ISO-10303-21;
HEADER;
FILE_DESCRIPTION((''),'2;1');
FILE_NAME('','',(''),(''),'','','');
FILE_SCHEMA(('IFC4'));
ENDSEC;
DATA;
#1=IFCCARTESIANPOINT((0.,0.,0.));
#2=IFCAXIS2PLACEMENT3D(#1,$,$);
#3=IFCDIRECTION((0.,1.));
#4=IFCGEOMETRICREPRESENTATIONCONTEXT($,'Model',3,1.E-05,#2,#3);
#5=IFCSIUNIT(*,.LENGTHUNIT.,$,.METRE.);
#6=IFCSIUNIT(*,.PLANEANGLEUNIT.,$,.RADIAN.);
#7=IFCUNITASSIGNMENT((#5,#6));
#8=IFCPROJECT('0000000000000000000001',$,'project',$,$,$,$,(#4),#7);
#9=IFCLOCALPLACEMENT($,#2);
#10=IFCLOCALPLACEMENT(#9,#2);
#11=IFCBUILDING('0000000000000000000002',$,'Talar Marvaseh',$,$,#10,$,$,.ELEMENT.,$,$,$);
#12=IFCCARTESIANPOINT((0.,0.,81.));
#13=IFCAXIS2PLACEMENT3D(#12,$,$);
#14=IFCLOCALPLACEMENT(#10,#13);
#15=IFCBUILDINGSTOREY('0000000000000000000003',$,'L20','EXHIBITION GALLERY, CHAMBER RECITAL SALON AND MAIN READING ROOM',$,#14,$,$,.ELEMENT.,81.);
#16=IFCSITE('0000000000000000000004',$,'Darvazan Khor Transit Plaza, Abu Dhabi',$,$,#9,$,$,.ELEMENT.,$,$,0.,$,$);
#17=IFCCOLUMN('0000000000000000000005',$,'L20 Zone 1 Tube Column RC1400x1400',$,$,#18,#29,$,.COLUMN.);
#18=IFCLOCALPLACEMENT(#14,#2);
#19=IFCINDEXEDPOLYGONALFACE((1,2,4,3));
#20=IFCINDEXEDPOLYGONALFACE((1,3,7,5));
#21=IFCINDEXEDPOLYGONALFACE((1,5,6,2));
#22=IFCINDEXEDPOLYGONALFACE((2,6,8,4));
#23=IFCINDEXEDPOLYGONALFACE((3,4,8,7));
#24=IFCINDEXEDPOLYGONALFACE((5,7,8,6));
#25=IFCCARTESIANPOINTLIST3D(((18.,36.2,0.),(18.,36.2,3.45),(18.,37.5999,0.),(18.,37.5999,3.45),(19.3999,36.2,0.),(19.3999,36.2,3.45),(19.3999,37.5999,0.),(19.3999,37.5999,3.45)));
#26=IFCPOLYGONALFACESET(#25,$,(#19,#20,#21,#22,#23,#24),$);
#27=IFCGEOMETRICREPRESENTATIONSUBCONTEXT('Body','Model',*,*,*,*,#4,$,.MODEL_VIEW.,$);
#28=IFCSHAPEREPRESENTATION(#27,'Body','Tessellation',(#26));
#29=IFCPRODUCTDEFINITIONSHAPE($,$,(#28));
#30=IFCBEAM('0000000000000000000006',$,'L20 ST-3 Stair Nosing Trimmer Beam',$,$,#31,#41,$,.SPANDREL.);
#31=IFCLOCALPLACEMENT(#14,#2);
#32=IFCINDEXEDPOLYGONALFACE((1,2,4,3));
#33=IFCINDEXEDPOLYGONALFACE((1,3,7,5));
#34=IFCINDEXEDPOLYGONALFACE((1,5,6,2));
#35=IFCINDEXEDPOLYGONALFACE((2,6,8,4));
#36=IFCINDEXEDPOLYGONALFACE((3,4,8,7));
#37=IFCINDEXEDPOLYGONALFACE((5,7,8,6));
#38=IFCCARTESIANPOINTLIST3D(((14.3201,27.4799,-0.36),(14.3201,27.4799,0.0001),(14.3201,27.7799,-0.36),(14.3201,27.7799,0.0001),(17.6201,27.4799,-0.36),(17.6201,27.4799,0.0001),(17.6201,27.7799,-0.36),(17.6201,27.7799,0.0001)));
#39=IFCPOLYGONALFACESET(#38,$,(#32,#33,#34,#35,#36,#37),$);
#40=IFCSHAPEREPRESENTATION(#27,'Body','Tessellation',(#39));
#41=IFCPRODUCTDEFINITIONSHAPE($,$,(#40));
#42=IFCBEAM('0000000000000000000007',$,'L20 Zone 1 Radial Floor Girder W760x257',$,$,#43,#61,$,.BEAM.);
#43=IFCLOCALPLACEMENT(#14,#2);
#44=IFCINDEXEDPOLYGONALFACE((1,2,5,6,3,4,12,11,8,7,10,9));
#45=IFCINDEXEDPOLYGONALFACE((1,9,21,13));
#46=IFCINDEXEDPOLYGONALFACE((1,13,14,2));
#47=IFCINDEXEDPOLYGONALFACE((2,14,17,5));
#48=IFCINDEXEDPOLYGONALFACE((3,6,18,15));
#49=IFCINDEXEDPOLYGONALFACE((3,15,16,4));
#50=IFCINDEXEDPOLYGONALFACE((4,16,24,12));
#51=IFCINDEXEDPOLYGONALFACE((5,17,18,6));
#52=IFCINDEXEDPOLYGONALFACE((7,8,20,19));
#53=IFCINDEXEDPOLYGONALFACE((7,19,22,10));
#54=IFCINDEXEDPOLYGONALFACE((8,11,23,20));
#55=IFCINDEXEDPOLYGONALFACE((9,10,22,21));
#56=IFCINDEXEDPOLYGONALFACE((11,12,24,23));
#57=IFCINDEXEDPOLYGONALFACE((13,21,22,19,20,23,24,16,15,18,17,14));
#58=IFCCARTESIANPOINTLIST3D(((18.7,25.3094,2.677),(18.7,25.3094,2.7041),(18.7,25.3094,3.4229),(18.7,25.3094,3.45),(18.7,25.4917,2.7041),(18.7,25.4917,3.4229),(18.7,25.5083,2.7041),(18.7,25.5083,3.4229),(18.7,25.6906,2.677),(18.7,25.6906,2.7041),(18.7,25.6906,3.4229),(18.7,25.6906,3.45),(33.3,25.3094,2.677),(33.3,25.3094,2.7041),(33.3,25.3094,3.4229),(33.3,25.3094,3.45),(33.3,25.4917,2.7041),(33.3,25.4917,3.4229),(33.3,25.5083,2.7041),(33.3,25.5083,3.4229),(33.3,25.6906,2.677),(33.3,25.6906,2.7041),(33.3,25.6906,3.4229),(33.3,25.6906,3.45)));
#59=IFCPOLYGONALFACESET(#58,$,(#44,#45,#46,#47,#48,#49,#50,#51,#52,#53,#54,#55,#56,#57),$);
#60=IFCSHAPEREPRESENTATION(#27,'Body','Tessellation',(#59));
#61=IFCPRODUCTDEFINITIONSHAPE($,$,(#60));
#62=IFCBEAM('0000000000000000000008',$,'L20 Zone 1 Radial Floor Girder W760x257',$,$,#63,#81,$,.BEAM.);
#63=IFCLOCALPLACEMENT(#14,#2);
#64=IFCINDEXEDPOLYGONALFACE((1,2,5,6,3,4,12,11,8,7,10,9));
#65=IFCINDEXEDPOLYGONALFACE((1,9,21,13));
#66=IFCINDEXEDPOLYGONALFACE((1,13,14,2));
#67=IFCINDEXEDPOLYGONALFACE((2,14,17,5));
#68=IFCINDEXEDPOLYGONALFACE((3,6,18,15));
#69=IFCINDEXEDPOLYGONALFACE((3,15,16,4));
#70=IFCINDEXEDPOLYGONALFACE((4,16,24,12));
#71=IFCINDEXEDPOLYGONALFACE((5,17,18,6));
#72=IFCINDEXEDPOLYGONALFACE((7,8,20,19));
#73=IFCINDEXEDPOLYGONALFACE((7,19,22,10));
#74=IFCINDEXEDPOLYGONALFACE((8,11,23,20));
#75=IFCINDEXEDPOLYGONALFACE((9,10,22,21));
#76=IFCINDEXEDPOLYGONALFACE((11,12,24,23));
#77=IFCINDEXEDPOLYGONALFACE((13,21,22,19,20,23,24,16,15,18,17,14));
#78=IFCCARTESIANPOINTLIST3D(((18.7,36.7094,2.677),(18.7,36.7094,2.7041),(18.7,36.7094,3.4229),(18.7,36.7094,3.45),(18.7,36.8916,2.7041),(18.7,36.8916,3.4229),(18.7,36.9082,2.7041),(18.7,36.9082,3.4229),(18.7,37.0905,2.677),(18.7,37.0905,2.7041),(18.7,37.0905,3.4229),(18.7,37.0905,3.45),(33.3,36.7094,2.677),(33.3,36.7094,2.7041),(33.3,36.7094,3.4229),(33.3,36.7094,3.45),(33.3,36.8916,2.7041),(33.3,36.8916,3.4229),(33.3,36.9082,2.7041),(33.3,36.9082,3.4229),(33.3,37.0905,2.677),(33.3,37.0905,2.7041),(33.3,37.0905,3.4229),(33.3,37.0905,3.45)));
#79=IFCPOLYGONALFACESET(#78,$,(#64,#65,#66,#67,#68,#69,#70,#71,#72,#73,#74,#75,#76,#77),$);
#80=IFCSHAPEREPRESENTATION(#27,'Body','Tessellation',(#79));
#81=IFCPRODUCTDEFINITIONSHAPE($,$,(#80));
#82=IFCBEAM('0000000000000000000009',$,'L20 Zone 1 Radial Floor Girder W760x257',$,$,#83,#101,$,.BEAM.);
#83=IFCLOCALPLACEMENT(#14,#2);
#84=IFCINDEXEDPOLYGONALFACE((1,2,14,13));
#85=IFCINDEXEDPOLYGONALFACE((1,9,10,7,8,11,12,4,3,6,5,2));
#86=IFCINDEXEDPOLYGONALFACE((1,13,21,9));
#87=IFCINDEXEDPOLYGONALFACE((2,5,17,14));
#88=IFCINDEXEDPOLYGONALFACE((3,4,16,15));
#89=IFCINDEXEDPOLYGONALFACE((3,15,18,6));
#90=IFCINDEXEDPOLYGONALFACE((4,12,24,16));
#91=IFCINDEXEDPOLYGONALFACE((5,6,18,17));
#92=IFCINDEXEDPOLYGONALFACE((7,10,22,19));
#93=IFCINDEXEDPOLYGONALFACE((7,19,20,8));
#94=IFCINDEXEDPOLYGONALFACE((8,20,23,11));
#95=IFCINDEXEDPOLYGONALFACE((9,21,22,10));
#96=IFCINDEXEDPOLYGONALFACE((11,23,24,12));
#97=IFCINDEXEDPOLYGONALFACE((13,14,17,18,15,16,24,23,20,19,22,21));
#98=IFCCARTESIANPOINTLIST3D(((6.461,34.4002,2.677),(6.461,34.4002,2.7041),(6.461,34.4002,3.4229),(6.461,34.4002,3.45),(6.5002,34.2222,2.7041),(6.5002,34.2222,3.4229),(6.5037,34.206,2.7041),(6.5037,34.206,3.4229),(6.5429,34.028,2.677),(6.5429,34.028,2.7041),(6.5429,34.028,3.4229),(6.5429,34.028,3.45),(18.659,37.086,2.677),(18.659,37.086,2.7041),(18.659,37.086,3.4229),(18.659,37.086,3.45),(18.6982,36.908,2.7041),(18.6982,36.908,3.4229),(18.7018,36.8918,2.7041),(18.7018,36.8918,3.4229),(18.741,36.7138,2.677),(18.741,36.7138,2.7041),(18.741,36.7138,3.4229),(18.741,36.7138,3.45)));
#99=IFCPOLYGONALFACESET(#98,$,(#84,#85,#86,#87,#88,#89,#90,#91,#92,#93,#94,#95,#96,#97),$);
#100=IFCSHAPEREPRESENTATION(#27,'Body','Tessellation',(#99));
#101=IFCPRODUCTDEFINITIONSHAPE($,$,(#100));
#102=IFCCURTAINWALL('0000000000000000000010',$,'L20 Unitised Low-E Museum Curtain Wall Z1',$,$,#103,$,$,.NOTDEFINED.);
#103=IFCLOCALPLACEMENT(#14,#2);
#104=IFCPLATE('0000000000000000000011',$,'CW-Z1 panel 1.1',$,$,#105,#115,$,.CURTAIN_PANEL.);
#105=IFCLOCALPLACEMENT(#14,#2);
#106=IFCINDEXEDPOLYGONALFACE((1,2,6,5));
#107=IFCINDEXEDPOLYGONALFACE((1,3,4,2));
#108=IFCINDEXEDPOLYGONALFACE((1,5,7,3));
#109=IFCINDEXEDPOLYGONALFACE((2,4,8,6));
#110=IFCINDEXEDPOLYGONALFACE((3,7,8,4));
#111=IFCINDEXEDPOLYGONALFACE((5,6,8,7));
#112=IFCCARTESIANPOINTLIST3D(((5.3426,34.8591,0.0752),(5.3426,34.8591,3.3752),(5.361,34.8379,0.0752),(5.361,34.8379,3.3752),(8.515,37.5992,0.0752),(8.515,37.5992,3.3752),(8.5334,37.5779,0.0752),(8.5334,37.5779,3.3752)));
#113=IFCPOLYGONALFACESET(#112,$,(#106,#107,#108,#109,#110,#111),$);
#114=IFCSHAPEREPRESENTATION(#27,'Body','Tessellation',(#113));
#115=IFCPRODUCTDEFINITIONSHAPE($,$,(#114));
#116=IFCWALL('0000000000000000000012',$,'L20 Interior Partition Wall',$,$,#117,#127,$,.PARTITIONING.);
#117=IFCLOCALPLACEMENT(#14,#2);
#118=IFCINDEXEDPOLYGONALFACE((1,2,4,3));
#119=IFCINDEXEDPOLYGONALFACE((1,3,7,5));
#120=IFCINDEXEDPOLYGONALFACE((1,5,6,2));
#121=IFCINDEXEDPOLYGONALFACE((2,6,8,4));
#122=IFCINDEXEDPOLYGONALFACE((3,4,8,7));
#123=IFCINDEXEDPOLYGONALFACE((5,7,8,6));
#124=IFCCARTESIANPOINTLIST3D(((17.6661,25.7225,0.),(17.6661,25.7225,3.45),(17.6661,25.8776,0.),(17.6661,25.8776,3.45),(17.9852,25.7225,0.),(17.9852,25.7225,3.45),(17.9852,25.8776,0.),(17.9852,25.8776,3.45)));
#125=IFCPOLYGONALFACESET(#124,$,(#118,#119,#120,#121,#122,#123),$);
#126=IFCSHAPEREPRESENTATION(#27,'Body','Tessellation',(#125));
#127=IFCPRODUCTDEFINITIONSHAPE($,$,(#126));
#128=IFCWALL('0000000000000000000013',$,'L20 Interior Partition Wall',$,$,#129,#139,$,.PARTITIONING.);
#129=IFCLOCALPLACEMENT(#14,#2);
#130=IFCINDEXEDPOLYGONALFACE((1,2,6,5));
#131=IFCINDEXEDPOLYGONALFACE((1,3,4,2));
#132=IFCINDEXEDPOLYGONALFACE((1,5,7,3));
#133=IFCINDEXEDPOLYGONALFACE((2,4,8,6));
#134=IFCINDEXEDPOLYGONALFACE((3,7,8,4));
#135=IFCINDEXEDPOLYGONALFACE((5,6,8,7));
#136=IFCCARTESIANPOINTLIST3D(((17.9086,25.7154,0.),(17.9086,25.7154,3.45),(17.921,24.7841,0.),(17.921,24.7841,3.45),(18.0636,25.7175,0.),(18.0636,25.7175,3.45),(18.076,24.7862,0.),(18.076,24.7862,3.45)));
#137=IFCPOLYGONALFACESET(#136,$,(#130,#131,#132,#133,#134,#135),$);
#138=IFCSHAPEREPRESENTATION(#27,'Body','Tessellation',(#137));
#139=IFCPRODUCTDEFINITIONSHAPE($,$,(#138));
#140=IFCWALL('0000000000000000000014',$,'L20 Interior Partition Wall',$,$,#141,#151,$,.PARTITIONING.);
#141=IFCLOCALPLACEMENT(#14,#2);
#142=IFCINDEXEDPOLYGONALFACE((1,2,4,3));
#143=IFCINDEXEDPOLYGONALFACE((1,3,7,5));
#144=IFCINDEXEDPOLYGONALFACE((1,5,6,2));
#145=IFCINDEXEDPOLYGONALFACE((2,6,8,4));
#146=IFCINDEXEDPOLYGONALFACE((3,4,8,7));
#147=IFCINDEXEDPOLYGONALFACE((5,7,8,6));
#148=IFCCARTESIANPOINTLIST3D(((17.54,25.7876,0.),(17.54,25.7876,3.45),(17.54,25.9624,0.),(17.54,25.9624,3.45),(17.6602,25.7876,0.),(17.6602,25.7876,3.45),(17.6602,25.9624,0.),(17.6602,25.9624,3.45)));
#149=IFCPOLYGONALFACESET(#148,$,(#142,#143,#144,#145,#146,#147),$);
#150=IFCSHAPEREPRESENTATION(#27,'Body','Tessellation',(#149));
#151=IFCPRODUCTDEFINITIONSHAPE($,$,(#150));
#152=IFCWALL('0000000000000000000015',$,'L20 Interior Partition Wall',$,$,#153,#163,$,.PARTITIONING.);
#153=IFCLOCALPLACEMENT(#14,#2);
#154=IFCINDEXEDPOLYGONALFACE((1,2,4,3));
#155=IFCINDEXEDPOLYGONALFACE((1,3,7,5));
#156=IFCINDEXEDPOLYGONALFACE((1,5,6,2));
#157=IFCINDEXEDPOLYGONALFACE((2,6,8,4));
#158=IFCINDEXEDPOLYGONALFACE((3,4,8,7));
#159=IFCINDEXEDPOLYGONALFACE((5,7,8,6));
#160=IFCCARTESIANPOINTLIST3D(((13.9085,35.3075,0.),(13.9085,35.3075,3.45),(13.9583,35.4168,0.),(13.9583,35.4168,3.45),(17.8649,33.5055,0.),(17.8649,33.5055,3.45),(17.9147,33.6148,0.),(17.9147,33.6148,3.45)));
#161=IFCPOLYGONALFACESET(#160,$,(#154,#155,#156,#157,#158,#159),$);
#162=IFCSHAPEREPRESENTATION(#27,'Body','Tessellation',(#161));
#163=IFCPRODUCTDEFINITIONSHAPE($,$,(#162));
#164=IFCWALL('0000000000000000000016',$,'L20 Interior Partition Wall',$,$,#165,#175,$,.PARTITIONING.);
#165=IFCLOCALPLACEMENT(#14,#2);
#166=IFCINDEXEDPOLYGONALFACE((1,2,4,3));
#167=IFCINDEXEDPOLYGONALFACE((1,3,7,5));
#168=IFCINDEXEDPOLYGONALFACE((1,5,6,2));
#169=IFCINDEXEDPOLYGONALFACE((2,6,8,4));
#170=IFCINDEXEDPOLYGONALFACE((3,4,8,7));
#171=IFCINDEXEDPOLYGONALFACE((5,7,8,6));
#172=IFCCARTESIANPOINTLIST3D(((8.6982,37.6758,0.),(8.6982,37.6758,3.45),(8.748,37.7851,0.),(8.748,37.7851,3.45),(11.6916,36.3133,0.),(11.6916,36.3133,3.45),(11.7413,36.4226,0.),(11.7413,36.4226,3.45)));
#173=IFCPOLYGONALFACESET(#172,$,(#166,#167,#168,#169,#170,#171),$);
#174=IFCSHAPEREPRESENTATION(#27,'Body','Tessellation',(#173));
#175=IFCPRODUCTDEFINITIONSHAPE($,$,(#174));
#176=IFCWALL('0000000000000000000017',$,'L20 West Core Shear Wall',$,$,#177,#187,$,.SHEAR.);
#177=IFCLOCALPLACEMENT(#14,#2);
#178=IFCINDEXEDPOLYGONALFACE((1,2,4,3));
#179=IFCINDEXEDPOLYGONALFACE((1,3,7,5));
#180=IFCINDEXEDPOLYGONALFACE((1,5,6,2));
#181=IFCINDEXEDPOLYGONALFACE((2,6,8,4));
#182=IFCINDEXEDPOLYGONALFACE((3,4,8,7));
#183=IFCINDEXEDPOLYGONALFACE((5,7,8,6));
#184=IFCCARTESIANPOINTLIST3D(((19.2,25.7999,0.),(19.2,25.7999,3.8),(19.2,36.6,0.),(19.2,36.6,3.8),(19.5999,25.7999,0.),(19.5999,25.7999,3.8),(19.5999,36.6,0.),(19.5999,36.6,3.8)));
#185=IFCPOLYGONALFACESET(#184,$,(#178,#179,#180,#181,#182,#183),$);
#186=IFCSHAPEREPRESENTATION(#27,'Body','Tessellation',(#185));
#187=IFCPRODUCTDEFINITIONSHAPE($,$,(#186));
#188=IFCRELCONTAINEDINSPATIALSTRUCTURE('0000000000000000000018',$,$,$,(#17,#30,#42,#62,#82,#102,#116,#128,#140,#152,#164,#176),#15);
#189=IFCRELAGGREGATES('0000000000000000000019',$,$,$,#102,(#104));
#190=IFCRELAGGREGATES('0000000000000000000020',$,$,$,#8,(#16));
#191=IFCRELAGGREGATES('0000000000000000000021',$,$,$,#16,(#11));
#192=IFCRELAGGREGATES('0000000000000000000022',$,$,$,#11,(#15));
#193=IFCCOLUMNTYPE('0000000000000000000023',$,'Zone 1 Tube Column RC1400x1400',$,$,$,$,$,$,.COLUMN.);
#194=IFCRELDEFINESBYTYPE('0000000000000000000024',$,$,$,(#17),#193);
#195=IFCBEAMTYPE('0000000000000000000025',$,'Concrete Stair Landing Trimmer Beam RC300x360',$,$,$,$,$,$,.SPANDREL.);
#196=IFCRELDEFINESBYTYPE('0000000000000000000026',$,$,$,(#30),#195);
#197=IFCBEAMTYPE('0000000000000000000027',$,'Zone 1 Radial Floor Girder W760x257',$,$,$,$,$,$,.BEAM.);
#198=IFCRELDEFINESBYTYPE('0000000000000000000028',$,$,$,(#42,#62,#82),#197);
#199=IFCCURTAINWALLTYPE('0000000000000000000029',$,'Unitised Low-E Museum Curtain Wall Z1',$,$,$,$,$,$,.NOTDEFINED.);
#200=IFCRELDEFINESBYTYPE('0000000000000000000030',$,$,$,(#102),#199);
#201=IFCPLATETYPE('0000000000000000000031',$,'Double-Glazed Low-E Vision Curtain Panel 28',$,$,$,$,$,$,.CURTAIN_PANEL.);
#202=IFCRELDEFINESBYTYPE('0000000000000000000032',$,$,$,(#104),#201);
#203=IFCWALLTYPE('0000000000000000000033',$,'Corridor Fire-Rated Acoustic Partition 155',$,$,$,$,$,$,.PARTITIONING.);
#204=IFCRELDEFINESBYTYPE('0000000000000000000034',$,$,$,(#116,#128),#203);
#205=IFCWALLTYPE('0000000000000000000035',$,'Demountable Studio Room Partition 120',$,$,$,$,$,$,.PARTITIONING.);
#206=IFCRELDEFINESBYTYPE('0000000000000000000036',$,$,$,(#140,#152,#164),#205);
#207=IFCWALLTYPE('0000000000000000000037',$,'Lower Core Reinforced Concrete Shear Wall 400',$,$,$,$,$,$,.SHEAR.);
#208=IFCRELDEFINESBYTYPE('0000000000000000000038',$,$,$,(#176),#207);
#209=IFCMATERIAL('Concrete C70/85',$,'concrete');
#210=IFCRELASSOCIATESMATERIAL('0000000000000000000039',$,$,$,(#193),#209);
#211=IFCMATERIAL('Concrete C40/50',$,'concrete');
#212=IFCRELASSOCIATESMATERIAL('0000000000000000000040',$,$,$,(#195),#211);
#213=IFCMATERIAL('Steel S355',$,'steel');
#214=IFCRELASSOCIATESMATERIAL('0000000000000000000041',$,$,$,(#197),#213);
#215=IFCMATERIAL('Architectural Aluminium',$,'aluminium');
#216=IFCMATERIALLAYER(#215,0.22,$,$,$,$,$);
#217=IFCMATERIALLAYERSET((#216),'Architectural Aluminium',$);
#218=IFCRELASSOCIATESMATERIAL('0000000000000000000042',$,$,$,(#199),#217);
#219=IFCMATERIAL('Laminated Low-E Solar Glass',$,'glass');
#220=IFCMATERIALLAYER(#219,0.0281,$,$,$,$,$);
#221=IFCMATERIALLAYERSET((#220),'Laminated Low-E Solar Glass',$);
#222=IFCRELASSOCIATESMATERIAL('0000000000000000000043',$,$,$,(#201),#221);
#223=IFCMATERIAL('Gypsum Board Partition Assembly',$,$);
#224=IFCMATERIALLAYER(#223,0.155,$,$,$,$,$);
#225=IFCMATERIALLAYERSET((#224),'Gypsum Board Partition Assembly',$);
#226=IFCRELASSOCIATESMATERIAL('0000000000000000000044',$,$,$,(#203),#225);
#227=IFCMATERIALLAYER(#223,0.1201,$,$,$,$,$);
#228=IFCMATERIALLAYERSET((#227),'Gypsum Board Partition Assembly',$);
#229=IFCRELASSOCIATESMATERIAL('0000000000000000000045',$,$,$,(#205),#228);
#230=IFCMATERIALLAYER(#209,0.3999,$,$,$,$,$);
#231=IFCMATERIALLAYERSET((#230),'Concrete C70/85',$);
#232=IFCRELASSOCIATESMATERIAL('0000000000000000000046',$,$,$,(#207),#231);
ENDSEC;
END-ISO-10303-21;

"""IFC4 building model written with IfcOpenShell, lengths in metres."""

from ifc_helpers import new_model, si_unit, direction, frame, frame_2d, origin, origin_2d, place, context, subcontext, project, spatial, rectangle, i_section, extrude, source, transform, mapped, material, layer, layer_set, material_profile, profile_set, type_object, type_shapes, element, aggregate, save


model = new_model("IFC4")

# Units and contexts
model_context = context("Model", 3, precision=1e-05, world=origin(), true_north=direction((0.0, 1.0)))
body_context = subcontext(model_context, "Body", "Model", "MODEL_VIEW")
ifc_project = project(units=[si_unit("LENGTHUNIT", "METRE"), si_unit("PLANEANGLEUNIT", "RADIAN")], contexts=[model_context])

# Site, building, storey
site_placement = place(None, origin())
site = spatial("IfcSite", under=ifc_project, at=site_placement, Name="Darvazan Khor Transit Plaza, Abu Dhabi", CompositionType="ELEMENT", RefElevation=0.0)
building_placement = place(site_placement, origin())
building = spatial("IfcBuilding", under=site, at=building_placement, Name="Talar Marvaseh", CompositionType="ELEMENT")
storey_placement = place(building_placement, frame((0.0, 0.0, 81.0)))
storey = spatial("IfcBuildingStorey", under=building, at=storey_placement, Name="L20", Description="EXHIBITION GALLERY, CHAMBER RECITAL SALON AND MAIN READING ROOM", CompositionType="ELEMENT", Elevation=81.0)

# Column
ifc_material_1 = material(Name="Concrete C70/85", Category="concrete")
ifc_material_profile_1 = material_profile(ifc_material_1, rectangle(XDim=1.3999, YDim=1.3999, at=origin_2d()), Name="RC1400x1400")
ifc_profile_set_1 = profile_set([ifc_material_profile_1], Name="Concrete C70/85")
column_type = type_object("IfcColumnType", Name="Zone 1 Tube Column RC1400x1400", PredefinedType="COLUMN", material=ifc_profile_set_1)
column_placement = place(storey_placement, frame((18.7, 36.8999, 0.0), z_axis=(0.0, 0.0, 1.0), x_axis=(1.0, 0.0, 0.0)))
element("IfcColumn", 1, at=column_placement, inside=storey, type_object=column_type, Name="L20 Zone 1 Tube Column RC1400x1400", PredefinedType="COLUMN", context=body_context, shape_type="SweptSolid", body=[
    extrude(rectangle(XDim=1.3999, YDim=1.3999, at=origin_2d()), origin(), (0.0, 0.0, 1.0), 3.45),
])

# Beams
ifc_material_2 = material(Name="Concrete C40/50", Category="concrete")
ifc_material_profile_2 = material_profile(ifc_material_2, rectangle(XDim=0.3, YDim=0.3601, at=origin_2d()), Name="RC300x360")
ifc_profile_set_2 = profile_set([ifc_material_profile_2], Name="Concrete C40/50")
beam_type_1 = type_object("IfcBeamType", Name="Concrete Stair Landing Trimmer Beam RC300x360", PredefinedType="SPANDREL", material=ifc_profile_set_2)
beam_1_placement = place(storey_placement, frame((17.6201, 27.6299, -0.1799), z_axis=(-1.0, 0.0, 0.0), x_axis=(0.0, -1.0, 0.0)))
element("IfcBeam", 2, at=beam_1_placement, inside=storey, type_object=beam_type_1, Name="L20 ST-3 Stair Nosing Trimmer Beam", PredefinedType="SPANDREL", context=body_context, shape_type="SweptSolid", body=[
    extrude(rectangle(XDim=0.3, YDim=0.3601, at=origin_2d()), origin(), (0.0, 0.0, 1.0), 3.3),
])
ifc_material_3 = material(Name="Steel S355", Category="steel")
ifc_material_profile_3 = material_profile(ifc_material_3, i_section(OverallWidth=0.3811, OverallDepth=0.7729, WebThickness=0.0166, FlangeThickness=0.0271, at=origin_2d()), Name="W760x257")
ifc_profile_set_3 = profile_set([ifc_material_profile_3], Name="Steel S355")
beam_type_2 = type_object("IfcBeamType", Name="Zone 1 Radial Floor Girder W760x257", PredefinedType="BEAM", material=ifc_profile_set_3)
for number, where, z_axis, x_axis, name in (
    (3, (18.7, 25.5, 3.0635), (1.0, 0.0, 0.0), (0.0, 1.0, 0.0), "L20 Zone 1 Radial Floor Girder W760x257"),
    (4, (18.7, 36.8999, 3.0635), (1.0, 0.0, 0.0), (0.0, 1.0, 0.0), "L20 Zone 1 Radial Floor Girder W760x257"),
):
    element("IfcBeam", number, at=place(storey_placement, frame(where, z_axis=z_axis, x_axis=x_axis)), inside=storey, type_object=beam_type_2, Name=name, PredefinedType="BEAM", context=body_context, shape_type="SweptSolid", body=[
        extrude(i_section(OverallWidth=0.3811, OverallDepth=0.7729, WebThickness=0.0166, FlangeThickness=0.0271, at=origin_2d()), origin(), (0.0, 0.0, 1.0), 14.6001),
    ])
beam_2_placement = place(storey_placement, frame((6.502, 34.2141, 3.0635), z_axis=(0.976607, 0.215032, 0.0), x_axis=(-0.215032, 0.976607, 0.0)))
element("IfcBeam", 5, at=beam_2_placement, inside=storey, type_object=beam_type_2, Name="L20 Zone 1 Radial Floor Girder W760x257", PredefinedType="BEAM", context=body_context, shape_type="SweptSolid", body=[
    extrude(i_section(OverallWidth=0.3811, OverallDepth=0.7729, WebThickness=0.0166, FlangeThickness=0.0271, at=origin_2d()), origin(), (0.0, 0.0, 1.0), 12.4902),
])

# Curtain wall, plate
ifc_material_4 = material(Name="Architectural Aluminium", Category="aluminium")
ifc_layer_1 = layer(ifc_material_4, 0.22)
ifc_layer_set_1 = layer_set([ifc_layer_1], Name="Architectural Aluminium")
curtain_wall_type = type_object("IfcCurtainWallType", Name="Unitised Low-E Museum Curtain Wall Z1", PredefinedType="NOTDEFINED", material=ifc_layer_set_1)
curtain_wall_placement = place(storey_placement, origin())
curtain_wall = element("IfcCurtainWall", 6, at=curtain_wall_placement, inside=storey, type_object=curtain_wall_type, Name="L20 Unitised Low-E Museum Curtain Wall Z1", PredefinedType="NOTDEFINED")
ifc_material_5 = material(Name="Laminated Low-E Solar Glass", Category="glass")
ifc_layer_2 = layer(ifc_material_5, 0.0281)
ifc_layer_set_2 = layer_set([ifc_layer_2], Name="Laminated Low-E Solar Glass")
plate_type = type_object("IfcPlateType", Name="Double-Glazed Low-E Vision Curtain Panel 28", PredefinedType="CURTAIN_PANEL", material=ifc_layer_set_2)
shared_shape_1 = source(origin(), body_context, "Body", "SweptSolid", [
    extrude(rectangle(XDim=4.1919, YDim=0.0281, at=origin_2d()), origin(), (0.0, 0.0, 1.0), 3.3),
])
type_shapes(plate_type, [shared_shape_1])
plate_placement = place(storey_placement, frame((6.938, 36.2185, 0.0752), z_axis=(0.0, 0.0, 1.0), x_axis=(0.756791, 0.653657, 0.0)))
plate = element("IfcPlate", 7, at=plate_placement, type_object=plate_type, Name="CW-Z1 panel 1.1", PredefinedType="CURTAIN_PANEL", context=body_context, shape_type="MappedRepresentation", body=[
    mapped(shared_shape_1, transform((0.0, 0.0, 0.0), x_axis=(1.0, 0.0, 0.0), y_axis=(0.0, 1.0, 0.0), z_axis=(0.0, 0.0, 1.0), scale=1.0)),
])
aggregate(curtain_wall, [plate])

# Walls
ifc_material_6 = material(Name="Gypsum Board Partition Assembly")
ifc_layer_3 = layer(ifc_material_6, 0.155)
ifc_layer_set_3 = layer_set([ifc_layer_3], Name="Gypsum Board Partition Assembly")
wall_type_1 = type_object("IfcWallType", Name="Corridor Fire-Rated Acoustic Partition 155", PredefinedType="PARTITIONING", material=ifc_layer_set_3)
wall_1_placement = place(storey_placement, frame((17.666, 25.8, 0.0), z_axis=(0.0, 0.0, 1.0), x_axis=(1.0, 0.0, 0.0)))
element("IfcWall", 8, at=wall_1_placement, inside=storey, type_object=wall_type_1, Name="L20 Interior Partition Wall", PredefinedType="PARTITIONING", context=body_context, shape_type="SweptSolid", body=[
    extrude(rectangle(XDim=0.3191, YDim=0.155, at=frame_2d((0.1597, 0.0))), origin(), (0.0, 0.0, 1.0), 3.45),
])
wall_2_placement = place(storey_placement, frame((17.9861, 25.7166, 0.0), z_axis=(0.0, 0.0, 1.0), x_axis=(0.013367, -0.999911, 0.0)))
element("IfcWall", 9, at=wall_2_placement, inside=storey, type_object=wall_type_1, Name="L20 Interior Partition Wall", PredefinedType="PARTITIONING", context=body_context, shape_type="SweptSolid", body=[
    extrude(rectangle(XDim=0.9314, YDim=0.155, at=frame_2d((0.4658, 0.0))), origin(), (0.0, 0.0, 1.0), 3.45),
])
ifc_layer_4 = layer(ifc_material_6, 0.1201)
ifc_layer_set_4 = layer_set([ifc_layer_4], Name="Gypsum Board Partition Assembly")
wall_type_2 = type_object("IfcWallType", Name="Demountable Studio Room Partition 120", PredefinedType="PARTITIONING", material=ifc_layer_set_4)
wall_3_placement = place(storey_placement, frame((17.6001, 25.9624, 0.0), z_axis=(0.0, 0.0, 1.0), x_axis=(0.0, -1.0, 0.0)))
element("IfcWall", 10, at=wall_3_placement, inside=storey, type_object=wall_type_2, Name="L20 Interior Partition Wall", PredefinedType="PARTITIONING", context=body_context, shape_type="SweptSolid", body=[
    extrude(rectangle(XDim=0.1748, YDim=0.1201, at=frame_2d((0.0874, 0.0))), origin(), (0.0, 0.0, 1.0), 3.45),
])
wall_4_placement = place(storey_placement, frame((17.8899, 33.5601, 0.0), z_axis=(0.0, 0.0, 1.0), x_axis=(-0.910047, 0.414505, 0.0)))
element("IfcWall", 11, at=wall_4_placement, inside=storey, type_object=wall_type_2, Name="L20 Interior Partition Wall", PredefinedType="PARTITIONING", context=body_context, shape_type="SweptSolid", body=[
    extrude(rectangle(XDim=4.3474, YDim=0.1201, at=frame_2d((2.1738, 0.0))), origin(), (0.0, 0.0, 1.0), 3.45),
])
wall_5_placement = place(storey_placement, frame((11.7166, 36.3679, 0.0), z_axis=(0.0, 0.0, 1.0), x_axis=(-0.910148, 0.414284, 0.0)))
element("IfcWall", 12, at=wall_5_placement, inside=storey, type_object=wall_type_2, Name="L20 Interior Partition Wall", PredefinedType="PARTITIONING", context=body_context, shape_type="SweptSolid", body=[
    extrude(rectangle(XDim=3.2888, YDim=0.1201, at=frame_2d((1.6445, 0.0))), origin(), (0.0, 0.0, 1.0), 3.45),
])
ifc_layer_5 = layer(ifc_material_1, 0.3999)
ifc_layer_set_5 = layer_set([ifc_layer_5], Name="Concrete C70/85")
wall_type_3 = type_object("IfcWallType", Name="Lower Core Reinforced Concrete Shear Wall 400", PredefinedType="SHEAR", material=ifc_layer_set_5)
wall_6_placement = place(storey_placement, frame((19.3999, 25.8, 0.0), z_axis=(0.0, 0.0, 1.0), x_axis=(0.0, 1.0, 0.0)))
element("IfcWall", 13, at=wall_6_placement, inside=storey, type_object=wall_type_3, Name="L20 West Core Shear Wall", PredefinedType="SHEAR", context=body_context, shape_type="SweptSolid", body=[
    extrude(rectangle(XDim=10.8, YDim=0.3999, at=frame_2d((5.3999, 0.0))), origin(), (0.0, 0.0, 1.0), 3.8),
])

save(model, "model.ifc")
